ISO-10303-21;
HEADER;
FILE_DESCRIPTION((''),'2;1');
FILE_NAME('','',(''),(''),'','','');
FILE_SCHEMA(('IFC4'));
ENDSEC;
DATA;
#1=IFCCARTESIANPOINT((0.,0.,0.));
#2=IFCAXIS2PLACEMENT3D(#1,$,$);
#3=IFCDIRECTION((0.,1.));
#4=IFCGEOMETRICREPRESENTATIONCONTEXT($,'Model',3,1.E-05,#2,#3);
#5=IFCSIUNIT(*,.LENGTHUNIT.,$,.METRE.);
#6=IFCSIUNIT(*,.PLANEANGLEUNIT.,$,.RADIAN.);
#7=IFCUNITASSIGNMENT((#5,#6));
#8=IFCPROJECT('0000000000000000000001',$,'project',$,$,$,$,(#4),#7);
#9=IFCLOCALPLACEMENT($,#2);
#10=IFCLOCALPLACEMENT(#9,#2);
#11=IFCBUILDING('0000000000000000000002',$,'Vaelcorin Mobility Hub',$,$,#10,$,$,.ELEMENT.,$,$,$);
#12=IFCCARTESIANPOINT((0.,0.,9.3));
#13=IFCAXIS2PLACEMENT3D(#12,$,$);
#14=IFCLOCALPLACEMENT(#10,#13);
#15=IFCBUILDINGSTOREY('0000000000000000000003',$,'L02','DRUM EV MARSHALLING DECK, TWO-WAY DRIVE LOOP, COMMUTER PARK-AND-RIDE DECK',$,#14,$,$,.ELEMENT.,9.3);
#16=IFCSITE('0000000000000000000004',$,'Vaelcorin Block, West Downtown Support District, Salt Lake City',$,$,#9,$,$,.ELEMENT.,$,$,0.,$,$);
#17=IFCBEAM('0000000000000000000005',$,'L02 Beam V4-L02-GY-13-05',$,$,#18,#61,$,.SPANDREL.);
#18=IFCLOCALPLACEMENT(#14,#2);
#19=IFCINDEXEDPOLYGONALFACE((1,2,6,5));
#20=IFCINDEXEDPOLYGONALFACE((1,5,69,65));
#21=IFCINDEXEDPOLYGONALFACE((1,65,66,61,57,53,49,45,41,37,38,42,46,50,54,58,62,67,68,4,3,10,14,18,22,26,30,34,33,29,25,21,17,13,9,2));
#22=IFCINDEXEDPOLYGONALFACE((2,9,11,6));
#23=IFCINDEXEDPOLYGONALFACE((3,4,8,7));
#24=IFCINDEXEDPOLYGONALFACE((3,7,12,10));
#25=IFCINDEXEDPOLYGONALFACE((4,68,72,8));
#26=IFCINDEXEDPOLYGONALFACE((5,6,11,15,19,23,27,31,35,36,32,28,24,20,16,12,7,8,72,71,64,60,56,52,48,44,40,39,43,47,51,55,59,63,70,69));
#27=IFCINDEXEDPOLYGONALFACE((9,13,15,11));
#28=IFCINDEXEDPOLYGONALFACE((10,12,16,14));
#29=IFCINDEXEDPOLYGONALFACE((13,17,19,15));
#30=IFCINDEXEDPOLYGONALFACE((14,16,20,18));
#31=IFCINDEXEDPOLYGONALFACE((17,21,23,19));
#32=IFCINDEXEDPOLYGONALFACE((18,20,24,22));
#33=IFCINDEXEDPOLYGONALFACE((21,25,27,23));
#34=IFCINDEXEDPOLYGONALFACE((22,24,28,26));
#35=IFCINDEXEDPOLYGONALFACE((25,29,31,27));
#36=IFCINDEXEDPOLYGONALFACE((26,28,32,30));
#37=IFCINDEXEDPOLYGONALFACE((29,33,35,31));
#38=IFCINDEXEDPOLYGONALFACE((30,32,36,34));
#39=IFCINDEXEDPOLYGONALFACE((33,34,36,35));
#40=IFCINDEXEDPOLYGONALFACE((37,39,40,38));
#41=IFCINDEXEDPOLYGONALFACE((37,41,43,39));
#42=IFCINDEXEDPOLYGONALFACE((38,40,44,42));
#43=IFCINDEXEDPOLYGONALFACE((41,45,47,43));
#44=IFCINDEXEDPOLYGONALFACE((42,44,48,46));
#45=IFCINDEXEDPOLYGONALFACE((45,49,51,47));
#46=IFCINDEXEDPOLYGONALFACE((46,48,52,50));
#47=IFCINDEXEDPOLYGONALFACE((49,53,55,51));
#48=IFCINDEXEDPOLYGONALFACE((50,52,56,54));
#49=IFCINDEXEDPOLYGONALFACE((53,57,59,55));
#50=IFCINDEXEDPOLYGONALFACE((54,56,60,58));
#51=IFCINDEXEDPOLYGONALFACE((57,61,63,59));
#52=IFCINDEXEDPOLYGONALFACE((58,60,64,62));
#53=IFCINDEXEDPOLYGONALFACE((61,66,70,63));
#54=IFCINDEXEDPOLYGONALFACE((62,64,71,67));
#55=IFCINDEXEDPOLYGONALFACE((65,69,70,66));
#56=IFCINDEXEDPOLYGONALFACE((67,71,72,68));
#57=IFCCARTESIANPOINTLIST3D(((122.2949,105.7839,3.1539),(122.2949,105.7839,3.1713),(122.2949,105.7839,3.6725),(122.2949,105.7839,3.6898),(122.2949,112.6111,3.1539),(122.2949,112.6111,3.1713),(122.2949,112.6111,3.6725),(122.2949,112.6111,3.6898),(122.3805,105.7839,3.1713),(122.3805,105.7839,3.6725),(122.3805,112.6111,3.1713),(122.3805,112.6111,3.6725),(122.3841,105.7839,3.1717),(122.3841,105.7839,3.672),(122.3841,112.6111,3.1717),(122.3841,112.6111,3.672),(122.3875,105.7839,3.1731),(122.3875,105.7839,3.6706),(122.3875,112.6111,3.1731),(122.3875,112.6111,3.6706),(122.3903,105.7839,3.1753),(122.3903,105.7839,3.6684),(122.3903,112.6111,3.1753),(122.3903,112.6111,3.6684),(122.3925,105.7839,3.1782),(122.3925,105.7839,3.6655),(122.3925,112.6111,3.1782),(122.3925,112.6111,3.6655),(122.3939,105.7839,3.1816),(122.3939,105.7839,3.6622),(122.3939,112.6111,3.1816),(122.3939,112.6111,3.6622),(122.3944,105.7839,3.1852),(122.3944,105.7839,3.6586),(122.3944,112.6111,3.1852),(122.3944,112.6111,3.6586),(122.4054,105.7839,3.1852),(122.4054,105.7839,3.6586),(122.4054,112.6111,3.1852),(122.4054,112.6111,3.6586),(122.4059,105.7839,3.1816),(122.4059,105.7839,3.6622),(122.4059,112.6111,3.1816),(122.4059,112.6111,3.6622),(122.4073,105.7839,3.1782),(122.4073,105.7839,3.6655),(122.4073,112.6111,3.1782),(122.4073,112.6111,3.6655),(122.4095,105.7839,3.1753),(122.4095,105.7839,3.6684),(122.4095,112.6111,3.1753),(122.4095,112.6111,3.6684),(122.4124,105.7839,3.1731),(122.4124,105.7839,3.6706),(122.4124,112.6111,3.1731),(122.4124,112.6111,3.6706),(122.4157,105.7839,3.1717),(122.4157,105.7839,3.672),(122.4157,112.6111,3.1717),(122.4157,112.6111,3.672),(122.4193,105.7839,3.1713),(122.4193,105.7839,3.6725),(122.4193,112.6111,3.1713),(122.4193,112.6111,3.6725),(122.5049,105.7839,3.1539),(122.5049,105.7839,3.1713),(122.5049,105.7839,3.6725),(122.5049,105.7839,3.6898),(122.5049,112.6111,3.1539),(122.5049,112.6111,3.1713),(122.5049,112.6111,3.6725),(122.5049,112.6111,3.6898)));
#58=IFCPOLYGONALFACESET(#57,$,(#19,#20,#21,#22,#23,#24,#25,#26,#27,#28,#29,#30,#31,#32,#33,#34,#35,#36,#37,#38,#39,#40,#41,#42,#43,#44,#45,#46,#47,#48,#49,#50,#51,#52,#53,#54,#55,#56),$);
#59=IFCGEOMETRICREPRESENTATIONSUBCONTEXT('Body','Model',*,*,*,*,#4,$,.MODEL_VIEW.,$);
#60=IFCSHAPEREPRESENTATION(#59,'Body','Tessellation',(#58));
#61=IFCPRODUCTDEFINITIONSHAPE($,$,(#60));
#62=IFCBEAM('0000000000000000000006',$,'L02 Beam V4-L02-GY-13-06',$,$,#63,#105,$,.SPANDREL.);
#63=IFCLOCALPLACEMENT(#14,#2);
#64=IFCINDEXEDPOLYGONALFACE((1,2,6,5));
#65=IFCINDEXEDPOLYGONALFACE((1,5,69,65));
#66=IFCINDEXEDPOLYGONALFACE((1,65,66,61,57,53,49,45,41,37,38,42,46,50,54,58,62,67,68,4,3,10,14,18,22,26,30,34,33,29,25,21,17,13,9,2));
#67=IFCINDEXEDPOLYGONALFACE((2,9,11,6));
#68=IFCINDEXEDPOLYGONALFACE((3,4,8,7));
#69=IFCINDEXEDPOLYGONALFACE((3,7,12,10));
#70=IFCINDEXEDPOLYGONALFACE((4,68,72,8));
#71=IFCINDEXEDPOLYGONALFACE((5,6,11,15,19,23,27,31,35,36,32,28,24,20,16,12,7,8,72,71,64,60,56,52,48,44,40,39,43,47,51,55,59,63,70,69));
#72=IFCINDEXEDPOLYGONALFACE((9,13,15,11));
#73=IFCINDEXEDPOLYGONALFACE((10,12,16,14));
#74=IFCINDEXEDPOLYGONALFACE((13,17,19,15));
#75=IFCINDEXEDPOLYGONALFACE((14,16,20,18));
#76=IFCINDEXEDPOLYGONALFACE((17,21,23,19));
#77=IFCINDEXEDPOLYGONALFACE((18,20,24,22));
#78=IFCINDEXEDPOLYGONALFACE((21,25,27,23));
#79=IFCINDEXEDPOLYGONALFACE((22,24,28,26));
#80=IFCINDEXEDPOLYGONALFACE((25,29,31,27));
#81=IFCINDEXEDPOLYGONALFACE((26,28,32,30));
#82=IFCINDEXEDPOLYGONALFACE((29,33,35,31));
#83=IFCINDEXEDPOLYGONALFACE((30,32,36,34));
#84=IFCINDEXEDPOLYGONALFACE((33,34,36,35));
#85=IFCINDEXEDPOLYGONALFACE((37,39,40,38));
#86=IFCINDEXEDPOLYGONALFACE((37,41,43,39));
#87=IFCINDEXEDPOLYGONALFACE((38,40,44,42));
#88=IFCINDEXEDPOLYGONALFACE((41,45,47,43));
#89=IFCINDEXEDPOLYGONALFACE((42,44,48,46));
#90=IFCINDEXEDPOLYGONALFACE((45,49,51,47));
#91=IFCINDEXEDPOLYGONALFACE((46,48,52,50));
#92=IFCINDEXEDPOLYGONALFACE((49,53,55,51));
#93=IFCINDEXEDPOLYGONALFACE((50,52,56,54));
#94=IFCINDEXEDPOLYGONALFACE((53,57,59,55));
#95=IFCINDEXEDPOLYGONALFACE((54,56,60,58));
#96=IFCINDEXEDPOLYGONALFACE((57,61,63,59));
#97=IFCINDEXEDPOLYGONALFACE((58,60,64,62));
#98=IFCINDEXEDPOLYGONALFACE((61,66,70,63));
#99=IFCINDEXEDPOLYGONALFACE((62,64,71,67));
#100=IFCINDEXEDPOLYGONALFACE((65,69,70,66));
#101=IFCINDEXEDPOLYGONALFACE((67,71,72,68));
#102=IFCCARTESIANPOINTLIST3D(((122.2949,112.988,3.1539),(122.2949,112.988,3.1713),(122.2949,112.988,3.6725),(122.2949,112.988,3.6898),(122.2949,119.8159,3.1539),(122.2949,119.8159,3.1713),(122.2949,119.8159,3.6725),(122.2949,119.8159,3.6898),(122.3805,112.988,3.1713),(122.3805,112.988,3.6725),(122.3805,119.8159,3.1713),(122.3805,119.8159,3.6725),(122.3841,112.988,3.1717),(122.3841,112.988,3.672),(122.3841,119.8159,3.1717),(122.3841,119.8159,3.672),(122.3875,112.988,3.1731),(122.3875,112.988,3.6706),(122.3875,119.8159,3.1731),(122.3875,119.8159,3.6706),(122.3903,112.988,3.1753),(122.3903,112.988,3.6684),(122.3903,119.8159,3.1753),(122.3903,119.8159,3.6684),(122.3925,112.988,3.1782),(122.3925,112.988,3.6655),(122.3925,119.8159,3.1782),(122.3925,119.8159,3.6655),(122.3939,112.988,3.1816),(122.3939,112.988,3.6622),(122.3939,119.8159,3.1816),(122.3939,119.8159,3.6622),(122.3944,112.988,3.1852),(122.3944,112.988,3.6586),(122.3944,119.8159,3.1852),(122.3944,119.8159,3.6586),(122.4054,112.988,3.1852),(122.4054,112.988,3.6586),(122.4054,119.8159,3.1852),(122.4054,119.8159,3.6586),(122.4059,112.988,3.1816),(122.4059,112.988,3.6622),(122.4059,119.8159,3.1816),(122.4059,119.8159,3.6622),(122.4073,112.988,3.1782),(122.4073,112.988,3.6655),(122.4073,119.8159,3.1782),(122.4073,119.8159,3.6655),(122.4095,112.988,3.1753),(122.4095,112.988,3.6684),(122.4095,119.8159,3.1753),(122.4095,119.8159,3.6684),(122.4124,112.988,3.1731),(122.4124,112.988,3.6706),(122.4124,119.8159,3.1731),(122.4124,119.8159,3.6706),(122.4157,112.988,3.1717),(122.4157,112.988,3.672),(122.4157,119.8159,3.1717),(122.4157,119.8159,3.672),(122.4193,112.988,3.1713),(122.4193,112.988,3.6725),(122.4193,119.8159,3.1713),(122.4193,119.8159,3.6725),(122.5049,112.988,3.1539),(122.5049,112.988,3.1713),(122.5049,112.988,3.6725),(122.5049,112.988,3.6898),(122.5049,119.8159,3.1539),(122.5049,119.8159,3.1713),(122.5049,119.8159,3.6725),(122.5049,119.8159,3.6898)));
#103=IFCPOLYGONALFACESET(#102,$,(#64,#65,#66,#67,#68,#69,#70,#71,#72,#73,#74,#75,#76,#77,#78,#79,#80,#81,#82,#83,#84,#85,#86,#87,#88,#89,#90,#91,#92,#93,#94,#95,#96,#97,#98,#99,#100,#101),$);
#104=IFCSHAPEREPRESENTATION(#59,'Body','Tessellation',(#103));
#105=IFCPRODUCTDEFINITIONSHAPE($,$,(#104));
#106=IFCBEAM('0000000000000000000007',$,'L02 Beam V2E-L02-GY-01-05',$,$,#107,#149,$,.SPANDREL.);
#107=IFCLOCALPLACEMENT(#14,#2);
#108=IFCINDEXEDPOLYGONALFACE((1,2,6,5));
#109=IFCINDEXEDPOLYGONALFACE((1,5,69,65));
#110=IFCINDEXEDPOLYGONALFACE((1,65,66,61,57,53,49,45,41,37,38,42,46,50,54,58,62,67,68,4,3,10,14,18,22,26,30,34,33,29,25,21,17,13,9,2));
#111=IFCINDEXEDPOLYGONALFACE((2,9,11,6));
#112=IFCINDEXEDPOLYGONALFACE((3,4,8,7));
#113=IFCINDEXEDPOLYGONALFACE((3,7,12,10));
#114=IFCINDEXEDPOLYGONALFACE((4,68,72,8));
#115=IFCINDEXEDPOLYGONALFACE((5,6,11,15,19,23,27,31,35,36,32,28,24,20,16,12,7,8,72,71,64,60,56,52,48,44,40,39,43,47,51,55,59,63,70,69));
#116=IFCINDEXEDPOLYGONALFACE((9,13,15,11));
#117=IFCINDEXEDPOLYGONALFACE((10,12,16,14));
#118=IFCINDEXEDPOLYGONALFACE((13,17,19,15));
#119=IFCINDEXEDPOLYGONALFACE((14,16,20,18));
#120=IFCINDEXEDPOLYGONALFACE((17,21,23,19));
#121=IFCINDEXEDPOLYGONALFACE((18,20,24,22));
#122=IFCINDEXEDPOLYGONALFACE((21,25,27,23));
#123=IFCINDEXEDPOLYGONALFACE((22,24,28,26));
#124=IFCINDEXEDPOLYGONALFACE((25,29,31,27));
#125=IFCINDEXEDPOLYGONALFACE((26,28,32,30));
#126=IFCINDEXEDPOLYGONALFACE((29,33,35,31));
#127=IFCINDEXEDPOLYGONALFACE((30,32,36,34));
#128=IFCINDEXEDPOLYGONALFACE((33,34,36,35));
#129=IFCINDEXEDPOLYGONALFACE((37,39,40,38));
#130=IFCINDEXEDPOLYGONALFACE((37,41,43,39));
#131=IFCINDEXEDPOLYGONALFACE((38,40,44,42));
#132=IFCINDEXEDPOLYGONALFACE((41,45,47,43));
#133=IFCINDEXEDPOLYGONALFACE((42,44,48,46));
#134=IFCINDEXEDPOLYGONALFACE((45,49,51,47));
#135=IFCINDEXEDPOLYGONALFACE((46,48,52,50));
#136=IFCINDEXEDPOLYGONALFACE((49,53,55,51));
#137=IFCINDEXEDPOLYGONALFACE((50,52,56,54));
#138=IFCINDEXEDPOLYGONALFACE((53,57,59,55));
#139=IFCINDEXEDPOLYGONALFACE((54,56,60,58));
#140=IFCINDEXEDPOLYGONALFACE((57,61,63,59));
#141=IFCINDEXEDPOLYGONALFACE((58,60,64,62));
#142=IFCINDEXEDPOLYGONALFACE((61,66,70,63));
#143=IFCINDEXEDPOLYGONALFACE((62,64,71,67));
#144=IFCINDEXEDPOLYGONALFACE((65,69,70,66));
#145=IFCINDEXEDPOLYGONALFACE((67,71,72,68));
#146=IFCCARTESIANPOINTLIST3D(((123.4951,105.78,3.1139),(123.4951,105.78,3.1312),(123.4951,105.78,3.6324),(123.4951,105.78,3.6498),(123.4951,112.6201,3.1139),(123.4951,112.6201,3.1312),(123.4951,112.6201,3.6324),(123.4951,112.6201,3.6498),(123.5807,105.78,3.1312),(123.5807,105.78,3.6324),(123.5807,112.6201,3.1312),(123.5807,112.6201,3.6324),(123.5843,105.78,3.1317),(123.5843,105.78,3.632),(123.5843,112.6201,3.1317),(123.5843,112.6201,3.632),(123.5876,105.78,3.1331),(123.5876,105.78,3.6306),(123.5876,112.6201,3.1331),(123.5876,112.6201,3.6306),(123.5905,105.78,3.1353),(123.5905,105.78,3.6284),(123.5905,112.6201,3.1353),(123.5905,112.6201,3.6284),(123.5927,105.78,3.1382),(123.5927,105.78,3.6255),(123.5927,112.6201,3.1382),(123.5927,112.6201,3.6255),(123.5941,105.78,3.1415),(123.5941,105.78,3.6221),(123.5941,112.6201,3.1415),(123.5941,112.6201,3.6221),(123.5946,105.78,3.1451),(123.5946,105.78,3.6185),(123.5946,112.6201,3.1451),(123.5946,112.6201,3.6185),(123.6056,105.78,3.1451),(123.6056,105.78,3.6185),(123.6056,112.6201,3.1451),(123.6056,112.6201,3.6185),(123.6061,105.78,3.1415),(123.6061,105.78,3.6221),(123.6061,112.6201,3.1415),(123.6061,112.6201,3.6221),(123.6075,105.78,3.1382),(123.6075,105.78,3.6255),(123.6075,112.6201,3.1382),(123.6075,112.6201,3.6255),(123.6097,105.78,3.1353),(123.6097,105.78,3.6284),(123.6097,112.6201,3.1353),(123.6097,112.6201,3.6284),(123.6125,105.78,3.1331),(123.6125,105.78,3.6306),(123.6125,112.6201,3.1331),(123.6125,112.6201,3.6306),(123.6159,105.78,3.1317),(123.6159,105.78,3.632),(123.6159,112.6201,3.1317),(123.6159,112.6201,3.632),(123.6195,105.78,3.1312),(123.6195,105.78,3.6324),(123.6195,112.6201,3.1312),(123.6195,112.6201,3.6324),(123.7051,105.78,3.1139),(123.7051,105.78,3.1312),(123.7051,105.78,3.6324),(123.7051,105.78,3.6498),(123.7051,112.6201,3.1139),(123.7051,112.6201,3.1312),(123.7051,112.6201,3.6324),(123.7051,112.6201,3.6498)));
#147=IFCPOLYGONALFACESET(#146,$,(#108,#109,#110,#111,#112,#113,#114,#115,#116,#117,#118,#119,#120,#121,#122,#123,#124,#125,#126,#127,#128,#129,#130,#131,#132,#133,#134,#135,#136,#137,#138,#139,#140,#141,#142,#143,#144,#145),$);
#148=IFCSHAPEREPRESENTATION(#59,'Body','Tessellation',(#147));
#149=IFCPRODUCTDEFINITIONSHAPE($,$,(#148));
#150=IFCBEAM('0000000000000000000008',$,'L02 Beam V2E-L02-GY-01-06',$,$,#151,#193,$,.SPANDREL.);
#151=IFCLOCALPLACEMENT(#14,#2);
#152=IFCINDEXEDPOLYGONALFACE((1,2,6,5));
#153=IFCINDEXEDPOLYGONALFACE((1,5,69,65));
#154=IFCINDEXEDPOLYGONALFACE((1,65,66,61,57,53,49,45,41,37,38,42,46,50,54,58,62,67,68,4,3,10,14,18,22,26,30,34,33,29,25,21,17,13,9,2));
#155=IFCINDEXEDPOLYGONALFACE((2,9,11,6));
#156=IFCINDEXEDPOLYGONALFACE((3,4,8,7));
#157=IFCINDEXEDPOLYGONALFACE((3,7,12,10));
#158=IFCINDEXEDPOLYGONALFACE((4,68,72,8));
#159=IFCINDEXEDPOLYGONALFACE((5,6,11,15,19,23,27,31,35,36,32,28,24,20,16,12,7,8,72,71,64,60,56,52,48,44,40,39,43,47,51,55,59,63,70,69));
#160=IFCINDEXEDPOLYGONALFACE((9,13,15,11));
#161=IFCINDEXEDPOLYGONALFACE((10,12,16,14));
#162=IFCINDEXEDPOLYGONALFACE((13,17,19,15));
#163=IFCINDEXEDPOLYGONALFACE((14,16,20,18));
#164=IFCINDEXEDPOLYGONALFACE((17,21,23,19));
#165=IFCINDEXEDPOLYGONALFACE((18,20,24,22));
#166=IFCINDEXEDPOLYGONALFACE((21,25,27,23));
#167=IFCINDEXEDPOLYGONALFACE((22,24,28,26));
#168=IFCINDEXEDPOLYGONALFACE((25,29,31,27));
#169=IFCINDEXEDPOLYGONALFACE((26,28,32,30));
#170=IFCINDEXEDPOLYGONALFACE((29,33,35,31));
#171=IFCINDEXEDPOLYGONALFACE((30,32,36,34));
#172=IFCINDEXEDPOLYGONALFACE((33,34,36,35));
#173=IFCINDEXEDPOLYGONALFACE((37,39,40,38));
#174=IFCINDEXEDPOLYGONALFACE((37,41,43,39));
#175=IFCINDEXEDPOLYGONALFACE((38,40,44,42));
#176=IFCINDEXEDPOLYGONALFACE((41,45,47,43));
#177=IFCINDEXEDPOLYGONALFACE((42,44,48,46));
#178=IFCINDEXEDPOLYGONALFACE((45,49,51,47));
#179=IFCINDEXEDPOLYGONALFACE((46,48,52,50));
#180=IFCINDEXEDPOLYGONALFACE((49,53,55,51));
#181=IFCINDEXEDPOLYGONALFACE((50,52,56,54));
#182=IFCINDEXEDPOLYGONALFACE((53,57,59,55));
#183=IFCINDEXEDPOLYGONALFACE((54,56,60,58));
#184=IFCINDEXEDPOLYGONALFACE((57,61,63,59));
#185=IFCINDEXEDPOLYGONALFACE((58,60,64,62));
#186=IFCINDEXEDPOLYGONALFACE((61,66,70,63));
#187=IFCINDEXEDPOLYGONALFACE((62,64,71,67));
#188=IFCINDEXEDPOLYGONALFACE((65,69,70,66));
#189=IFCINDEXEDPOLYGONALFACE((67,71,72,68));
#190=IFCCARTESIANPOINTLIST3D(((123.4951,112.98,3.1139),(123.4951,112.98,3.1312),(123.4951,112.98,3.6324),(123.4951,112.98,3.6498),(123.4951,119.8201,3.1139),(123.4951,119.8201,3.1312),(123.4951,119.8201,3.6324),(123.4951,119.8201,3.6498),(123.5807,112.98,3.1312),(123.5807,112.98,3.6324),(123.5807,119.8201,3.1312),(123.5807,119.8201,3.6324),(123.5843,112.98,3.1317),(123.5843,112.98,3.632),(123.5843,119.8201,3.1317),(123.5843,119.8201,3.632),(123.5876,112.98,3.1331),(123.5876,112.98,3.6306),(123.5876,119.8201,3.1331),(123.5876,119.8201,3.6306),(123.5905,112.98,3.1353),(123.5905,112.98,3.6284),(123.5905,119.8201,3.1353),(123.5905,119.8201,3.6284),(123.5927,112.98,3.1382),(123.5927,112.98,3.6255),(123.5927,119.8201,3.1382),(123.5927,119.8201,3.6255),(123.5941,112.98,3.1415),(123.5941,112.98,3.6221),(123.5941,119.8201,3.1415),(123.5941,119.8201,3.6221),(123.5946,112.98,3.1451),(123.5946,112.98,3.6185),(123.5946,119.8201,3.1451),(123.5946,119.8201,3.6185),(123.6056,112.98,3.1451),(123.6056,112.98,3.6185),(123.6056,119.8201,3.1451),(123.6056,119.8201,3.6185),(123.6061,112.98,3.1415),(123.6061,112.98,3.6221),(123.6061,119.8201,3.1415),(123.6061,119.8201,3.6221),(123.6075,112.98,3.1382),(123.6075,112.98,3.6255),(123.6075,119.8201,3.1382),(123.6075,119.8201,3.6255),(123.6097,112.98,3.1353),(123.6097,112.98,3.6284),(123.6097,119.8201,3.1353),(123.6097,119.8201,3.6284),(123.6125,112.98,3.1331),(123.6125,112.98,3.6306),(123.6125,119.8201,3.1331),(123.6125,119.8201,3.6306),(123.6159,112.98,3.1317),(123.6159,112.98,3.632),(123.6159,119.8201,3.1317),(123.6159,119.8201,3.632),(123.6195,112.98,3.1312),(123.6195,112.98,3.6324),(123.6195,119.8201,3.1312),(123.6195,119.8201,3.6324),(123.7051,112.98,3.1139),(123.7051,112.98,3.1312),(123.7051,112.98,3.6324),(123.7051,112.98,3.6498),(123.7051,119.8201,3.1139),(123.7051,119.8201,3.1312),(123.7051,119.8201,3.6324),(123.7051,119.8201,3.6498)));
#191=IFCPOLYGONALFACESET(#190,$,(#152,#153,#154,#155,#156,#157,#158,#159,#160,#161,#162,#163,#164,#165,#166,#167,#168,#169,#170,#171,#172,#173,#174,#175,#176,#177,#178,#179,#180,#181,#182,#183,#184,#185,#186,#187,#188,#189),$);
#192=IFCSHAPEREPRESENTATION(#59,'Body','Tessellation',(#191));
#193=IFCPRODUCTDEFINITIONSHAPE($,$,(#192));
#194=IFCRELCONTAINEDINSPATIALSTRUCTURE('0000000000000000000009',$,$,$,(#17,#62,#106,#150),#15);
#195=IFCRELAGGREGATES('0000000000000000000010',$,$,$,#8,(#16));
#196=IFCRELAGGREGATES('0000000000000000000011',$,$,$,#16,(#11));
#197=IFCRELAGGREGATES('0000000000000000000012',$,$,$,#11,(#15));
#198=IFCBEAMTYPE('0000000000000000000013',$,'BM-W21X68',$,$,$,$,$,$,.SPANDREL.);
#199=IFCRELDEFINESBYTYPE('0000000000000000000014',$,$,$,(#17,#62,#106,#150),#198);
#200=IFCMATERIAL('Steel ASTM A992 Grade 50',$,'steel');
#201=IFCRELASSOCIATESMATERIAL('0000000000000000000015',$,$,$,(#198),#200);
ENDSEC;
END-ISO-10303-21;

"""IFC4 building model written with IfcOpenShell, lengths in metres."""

from ifc_helpers import new_model, si_unit, direction, frame, origin, origin_2d, place, context, subcontext, project, spatial, i_section, extrude, material, material_profile, profile_set, type_object, element, save


model = new_model("IFC4")

# Units and contexts
model_context = context("Model", 3, precision=1e-05, world=origin(), true_north=direction((0.0, 1.0)))
body_context = subcontext(model_context, "Body", "Model", "MODEL_VIEW")
ifc_project = project(units=[si_unit("LENGTHUNIT", "METRE"), si_unit("PLANEANGLEUNIT", "RADIAN")], contexts=[model_context])

# Site, building, storey
site_placement = place(None, origin())
site = spatial("IfcSite", under=ifc_project, at=site_placement, Name="Vaelcorin Block, West Downtown Support District, Salt Lake City", CompositionType="ELEMENT", RefElevation=0.0)
building_placement = place(site_placement, origin())
building = spatial("IfcBuilding", under=site, at=building_placement, Name="Vaelcorin Mobility Hub", CompositionType="ELEMENT")
storey_placement = place(building_placement, frame((0.0, 0.0, 9.3)))
storey = spatial("IfcBuildingStorey", under=building, at=storey_placement, Name="L02", Description="DRUM EV MARSHALLING DECK, TWO-WAY DRIVE LOOP, COMMUTER PARK-AND-RIDE DECK", CompositionType="ELEMENT", Elevation=9.3)

# Shared definitions
ifc_material_1 = material(Name="Steel ASTM A992 Grade 50", Category="steel")

# Beams
ifc_material_profile_1 = material_profile(ifc_material_1, i_section(OverallWidth=0.21, OverallDepth=0.5359, WebThickness=0.011, FlangeThickness=0.0173, FilletRadius=0.0139, at=origin_2d()), Name="W21X68")
ifc_profile_set_1 = profile_set([ifc_material_profile_1], Name="Steel ASTM A992 Grade 50")
beam_type_1 = type_object("IfcBeamType", Name="BM-W21X68", PredefinedType="SPANDREL", material=ifc_profile_set_1)
beam_1_placement = place(storey_placement, frame((122.3999, 105.7839, 3.4219), z_axis=(0.0, 1.0, 0.0), x_axis=(-1.0, 0.0, 0.0)))
element("IfcBeam", 1, at=beam_1_placement, inside=storey, type_object=beam_type_1, Name="L02 Beam V4-L02-GY-13-05", PredefinedType="SPANDREL", context=body_context, shape_type="SweptSolid", body=[
    extrude(i_section(OverallWidth=0.21, OverallDepth=0.5359, WebThickness=0.011, FlangeThickness=0.0173, FilletRadius=0.0139, at=origin_2d()), origin(), (0.0, 0.0, 1.0), 6.8271),
])
beam_2_placement = place(storey_placement, frame((122.3999, 112.988, 3.4219), z_axis=(0.0, 1.0, 0.0), x_axis=(-1.0, 0.0, 0.0)))
element("IfcBeam", 2, at=beam_2_placement, inside=storey, type_object=beam_type_1, Name="L02 Beam V4-L02-GY-13-06", PredefinedType="SPANDREL", context=body_context, shape_type="SweptSolid", body=[
    extrude(i_section(OverallWidth=0.21, OverallDepth=0.5359, WebThickness=0.011, FlangeThickness=0.0173, FilletRadius=0.0139, at=origin_2d()), origin(), (0.0, 0.0, 1.0), 6.8279),
])
for number, where, z_axis, x_axis, name in (
    (3, (123.6001, 105.78, 3.3818), (0.0, 1.0, 0.0), (-1.0, 0.0, 0.0), "L02 Beam V2E-L02-GY-01-05"),
    (4, (123.6001, 112.98, 3.3818), (0.0, 1.0, 0.0), (-1.0, 0.0, 0.0), "L02 Beam V2E-L02-GY-01-06"),
):
    element("IfcBeam", number, at=place(storey_placement, frame(where, z_axis=z_axis, x_axis=x_axis)), inside=storey, type_object=beam_type_1, Name=name, PredefinedType="SPANDREL", context=body_context, shape_type="SweptSolid", body=[
        extrude(i_section(OverallWidth=0.21, OverallDepth=0.5359, WebThickness=0.011, FlangeThickness=0.0173, FilletRadius=0.0139, at=origin_2d()), origin(), (0.0, 0.0, 1.0), 6.8401),
    ])

save(model, "model.ifc")
